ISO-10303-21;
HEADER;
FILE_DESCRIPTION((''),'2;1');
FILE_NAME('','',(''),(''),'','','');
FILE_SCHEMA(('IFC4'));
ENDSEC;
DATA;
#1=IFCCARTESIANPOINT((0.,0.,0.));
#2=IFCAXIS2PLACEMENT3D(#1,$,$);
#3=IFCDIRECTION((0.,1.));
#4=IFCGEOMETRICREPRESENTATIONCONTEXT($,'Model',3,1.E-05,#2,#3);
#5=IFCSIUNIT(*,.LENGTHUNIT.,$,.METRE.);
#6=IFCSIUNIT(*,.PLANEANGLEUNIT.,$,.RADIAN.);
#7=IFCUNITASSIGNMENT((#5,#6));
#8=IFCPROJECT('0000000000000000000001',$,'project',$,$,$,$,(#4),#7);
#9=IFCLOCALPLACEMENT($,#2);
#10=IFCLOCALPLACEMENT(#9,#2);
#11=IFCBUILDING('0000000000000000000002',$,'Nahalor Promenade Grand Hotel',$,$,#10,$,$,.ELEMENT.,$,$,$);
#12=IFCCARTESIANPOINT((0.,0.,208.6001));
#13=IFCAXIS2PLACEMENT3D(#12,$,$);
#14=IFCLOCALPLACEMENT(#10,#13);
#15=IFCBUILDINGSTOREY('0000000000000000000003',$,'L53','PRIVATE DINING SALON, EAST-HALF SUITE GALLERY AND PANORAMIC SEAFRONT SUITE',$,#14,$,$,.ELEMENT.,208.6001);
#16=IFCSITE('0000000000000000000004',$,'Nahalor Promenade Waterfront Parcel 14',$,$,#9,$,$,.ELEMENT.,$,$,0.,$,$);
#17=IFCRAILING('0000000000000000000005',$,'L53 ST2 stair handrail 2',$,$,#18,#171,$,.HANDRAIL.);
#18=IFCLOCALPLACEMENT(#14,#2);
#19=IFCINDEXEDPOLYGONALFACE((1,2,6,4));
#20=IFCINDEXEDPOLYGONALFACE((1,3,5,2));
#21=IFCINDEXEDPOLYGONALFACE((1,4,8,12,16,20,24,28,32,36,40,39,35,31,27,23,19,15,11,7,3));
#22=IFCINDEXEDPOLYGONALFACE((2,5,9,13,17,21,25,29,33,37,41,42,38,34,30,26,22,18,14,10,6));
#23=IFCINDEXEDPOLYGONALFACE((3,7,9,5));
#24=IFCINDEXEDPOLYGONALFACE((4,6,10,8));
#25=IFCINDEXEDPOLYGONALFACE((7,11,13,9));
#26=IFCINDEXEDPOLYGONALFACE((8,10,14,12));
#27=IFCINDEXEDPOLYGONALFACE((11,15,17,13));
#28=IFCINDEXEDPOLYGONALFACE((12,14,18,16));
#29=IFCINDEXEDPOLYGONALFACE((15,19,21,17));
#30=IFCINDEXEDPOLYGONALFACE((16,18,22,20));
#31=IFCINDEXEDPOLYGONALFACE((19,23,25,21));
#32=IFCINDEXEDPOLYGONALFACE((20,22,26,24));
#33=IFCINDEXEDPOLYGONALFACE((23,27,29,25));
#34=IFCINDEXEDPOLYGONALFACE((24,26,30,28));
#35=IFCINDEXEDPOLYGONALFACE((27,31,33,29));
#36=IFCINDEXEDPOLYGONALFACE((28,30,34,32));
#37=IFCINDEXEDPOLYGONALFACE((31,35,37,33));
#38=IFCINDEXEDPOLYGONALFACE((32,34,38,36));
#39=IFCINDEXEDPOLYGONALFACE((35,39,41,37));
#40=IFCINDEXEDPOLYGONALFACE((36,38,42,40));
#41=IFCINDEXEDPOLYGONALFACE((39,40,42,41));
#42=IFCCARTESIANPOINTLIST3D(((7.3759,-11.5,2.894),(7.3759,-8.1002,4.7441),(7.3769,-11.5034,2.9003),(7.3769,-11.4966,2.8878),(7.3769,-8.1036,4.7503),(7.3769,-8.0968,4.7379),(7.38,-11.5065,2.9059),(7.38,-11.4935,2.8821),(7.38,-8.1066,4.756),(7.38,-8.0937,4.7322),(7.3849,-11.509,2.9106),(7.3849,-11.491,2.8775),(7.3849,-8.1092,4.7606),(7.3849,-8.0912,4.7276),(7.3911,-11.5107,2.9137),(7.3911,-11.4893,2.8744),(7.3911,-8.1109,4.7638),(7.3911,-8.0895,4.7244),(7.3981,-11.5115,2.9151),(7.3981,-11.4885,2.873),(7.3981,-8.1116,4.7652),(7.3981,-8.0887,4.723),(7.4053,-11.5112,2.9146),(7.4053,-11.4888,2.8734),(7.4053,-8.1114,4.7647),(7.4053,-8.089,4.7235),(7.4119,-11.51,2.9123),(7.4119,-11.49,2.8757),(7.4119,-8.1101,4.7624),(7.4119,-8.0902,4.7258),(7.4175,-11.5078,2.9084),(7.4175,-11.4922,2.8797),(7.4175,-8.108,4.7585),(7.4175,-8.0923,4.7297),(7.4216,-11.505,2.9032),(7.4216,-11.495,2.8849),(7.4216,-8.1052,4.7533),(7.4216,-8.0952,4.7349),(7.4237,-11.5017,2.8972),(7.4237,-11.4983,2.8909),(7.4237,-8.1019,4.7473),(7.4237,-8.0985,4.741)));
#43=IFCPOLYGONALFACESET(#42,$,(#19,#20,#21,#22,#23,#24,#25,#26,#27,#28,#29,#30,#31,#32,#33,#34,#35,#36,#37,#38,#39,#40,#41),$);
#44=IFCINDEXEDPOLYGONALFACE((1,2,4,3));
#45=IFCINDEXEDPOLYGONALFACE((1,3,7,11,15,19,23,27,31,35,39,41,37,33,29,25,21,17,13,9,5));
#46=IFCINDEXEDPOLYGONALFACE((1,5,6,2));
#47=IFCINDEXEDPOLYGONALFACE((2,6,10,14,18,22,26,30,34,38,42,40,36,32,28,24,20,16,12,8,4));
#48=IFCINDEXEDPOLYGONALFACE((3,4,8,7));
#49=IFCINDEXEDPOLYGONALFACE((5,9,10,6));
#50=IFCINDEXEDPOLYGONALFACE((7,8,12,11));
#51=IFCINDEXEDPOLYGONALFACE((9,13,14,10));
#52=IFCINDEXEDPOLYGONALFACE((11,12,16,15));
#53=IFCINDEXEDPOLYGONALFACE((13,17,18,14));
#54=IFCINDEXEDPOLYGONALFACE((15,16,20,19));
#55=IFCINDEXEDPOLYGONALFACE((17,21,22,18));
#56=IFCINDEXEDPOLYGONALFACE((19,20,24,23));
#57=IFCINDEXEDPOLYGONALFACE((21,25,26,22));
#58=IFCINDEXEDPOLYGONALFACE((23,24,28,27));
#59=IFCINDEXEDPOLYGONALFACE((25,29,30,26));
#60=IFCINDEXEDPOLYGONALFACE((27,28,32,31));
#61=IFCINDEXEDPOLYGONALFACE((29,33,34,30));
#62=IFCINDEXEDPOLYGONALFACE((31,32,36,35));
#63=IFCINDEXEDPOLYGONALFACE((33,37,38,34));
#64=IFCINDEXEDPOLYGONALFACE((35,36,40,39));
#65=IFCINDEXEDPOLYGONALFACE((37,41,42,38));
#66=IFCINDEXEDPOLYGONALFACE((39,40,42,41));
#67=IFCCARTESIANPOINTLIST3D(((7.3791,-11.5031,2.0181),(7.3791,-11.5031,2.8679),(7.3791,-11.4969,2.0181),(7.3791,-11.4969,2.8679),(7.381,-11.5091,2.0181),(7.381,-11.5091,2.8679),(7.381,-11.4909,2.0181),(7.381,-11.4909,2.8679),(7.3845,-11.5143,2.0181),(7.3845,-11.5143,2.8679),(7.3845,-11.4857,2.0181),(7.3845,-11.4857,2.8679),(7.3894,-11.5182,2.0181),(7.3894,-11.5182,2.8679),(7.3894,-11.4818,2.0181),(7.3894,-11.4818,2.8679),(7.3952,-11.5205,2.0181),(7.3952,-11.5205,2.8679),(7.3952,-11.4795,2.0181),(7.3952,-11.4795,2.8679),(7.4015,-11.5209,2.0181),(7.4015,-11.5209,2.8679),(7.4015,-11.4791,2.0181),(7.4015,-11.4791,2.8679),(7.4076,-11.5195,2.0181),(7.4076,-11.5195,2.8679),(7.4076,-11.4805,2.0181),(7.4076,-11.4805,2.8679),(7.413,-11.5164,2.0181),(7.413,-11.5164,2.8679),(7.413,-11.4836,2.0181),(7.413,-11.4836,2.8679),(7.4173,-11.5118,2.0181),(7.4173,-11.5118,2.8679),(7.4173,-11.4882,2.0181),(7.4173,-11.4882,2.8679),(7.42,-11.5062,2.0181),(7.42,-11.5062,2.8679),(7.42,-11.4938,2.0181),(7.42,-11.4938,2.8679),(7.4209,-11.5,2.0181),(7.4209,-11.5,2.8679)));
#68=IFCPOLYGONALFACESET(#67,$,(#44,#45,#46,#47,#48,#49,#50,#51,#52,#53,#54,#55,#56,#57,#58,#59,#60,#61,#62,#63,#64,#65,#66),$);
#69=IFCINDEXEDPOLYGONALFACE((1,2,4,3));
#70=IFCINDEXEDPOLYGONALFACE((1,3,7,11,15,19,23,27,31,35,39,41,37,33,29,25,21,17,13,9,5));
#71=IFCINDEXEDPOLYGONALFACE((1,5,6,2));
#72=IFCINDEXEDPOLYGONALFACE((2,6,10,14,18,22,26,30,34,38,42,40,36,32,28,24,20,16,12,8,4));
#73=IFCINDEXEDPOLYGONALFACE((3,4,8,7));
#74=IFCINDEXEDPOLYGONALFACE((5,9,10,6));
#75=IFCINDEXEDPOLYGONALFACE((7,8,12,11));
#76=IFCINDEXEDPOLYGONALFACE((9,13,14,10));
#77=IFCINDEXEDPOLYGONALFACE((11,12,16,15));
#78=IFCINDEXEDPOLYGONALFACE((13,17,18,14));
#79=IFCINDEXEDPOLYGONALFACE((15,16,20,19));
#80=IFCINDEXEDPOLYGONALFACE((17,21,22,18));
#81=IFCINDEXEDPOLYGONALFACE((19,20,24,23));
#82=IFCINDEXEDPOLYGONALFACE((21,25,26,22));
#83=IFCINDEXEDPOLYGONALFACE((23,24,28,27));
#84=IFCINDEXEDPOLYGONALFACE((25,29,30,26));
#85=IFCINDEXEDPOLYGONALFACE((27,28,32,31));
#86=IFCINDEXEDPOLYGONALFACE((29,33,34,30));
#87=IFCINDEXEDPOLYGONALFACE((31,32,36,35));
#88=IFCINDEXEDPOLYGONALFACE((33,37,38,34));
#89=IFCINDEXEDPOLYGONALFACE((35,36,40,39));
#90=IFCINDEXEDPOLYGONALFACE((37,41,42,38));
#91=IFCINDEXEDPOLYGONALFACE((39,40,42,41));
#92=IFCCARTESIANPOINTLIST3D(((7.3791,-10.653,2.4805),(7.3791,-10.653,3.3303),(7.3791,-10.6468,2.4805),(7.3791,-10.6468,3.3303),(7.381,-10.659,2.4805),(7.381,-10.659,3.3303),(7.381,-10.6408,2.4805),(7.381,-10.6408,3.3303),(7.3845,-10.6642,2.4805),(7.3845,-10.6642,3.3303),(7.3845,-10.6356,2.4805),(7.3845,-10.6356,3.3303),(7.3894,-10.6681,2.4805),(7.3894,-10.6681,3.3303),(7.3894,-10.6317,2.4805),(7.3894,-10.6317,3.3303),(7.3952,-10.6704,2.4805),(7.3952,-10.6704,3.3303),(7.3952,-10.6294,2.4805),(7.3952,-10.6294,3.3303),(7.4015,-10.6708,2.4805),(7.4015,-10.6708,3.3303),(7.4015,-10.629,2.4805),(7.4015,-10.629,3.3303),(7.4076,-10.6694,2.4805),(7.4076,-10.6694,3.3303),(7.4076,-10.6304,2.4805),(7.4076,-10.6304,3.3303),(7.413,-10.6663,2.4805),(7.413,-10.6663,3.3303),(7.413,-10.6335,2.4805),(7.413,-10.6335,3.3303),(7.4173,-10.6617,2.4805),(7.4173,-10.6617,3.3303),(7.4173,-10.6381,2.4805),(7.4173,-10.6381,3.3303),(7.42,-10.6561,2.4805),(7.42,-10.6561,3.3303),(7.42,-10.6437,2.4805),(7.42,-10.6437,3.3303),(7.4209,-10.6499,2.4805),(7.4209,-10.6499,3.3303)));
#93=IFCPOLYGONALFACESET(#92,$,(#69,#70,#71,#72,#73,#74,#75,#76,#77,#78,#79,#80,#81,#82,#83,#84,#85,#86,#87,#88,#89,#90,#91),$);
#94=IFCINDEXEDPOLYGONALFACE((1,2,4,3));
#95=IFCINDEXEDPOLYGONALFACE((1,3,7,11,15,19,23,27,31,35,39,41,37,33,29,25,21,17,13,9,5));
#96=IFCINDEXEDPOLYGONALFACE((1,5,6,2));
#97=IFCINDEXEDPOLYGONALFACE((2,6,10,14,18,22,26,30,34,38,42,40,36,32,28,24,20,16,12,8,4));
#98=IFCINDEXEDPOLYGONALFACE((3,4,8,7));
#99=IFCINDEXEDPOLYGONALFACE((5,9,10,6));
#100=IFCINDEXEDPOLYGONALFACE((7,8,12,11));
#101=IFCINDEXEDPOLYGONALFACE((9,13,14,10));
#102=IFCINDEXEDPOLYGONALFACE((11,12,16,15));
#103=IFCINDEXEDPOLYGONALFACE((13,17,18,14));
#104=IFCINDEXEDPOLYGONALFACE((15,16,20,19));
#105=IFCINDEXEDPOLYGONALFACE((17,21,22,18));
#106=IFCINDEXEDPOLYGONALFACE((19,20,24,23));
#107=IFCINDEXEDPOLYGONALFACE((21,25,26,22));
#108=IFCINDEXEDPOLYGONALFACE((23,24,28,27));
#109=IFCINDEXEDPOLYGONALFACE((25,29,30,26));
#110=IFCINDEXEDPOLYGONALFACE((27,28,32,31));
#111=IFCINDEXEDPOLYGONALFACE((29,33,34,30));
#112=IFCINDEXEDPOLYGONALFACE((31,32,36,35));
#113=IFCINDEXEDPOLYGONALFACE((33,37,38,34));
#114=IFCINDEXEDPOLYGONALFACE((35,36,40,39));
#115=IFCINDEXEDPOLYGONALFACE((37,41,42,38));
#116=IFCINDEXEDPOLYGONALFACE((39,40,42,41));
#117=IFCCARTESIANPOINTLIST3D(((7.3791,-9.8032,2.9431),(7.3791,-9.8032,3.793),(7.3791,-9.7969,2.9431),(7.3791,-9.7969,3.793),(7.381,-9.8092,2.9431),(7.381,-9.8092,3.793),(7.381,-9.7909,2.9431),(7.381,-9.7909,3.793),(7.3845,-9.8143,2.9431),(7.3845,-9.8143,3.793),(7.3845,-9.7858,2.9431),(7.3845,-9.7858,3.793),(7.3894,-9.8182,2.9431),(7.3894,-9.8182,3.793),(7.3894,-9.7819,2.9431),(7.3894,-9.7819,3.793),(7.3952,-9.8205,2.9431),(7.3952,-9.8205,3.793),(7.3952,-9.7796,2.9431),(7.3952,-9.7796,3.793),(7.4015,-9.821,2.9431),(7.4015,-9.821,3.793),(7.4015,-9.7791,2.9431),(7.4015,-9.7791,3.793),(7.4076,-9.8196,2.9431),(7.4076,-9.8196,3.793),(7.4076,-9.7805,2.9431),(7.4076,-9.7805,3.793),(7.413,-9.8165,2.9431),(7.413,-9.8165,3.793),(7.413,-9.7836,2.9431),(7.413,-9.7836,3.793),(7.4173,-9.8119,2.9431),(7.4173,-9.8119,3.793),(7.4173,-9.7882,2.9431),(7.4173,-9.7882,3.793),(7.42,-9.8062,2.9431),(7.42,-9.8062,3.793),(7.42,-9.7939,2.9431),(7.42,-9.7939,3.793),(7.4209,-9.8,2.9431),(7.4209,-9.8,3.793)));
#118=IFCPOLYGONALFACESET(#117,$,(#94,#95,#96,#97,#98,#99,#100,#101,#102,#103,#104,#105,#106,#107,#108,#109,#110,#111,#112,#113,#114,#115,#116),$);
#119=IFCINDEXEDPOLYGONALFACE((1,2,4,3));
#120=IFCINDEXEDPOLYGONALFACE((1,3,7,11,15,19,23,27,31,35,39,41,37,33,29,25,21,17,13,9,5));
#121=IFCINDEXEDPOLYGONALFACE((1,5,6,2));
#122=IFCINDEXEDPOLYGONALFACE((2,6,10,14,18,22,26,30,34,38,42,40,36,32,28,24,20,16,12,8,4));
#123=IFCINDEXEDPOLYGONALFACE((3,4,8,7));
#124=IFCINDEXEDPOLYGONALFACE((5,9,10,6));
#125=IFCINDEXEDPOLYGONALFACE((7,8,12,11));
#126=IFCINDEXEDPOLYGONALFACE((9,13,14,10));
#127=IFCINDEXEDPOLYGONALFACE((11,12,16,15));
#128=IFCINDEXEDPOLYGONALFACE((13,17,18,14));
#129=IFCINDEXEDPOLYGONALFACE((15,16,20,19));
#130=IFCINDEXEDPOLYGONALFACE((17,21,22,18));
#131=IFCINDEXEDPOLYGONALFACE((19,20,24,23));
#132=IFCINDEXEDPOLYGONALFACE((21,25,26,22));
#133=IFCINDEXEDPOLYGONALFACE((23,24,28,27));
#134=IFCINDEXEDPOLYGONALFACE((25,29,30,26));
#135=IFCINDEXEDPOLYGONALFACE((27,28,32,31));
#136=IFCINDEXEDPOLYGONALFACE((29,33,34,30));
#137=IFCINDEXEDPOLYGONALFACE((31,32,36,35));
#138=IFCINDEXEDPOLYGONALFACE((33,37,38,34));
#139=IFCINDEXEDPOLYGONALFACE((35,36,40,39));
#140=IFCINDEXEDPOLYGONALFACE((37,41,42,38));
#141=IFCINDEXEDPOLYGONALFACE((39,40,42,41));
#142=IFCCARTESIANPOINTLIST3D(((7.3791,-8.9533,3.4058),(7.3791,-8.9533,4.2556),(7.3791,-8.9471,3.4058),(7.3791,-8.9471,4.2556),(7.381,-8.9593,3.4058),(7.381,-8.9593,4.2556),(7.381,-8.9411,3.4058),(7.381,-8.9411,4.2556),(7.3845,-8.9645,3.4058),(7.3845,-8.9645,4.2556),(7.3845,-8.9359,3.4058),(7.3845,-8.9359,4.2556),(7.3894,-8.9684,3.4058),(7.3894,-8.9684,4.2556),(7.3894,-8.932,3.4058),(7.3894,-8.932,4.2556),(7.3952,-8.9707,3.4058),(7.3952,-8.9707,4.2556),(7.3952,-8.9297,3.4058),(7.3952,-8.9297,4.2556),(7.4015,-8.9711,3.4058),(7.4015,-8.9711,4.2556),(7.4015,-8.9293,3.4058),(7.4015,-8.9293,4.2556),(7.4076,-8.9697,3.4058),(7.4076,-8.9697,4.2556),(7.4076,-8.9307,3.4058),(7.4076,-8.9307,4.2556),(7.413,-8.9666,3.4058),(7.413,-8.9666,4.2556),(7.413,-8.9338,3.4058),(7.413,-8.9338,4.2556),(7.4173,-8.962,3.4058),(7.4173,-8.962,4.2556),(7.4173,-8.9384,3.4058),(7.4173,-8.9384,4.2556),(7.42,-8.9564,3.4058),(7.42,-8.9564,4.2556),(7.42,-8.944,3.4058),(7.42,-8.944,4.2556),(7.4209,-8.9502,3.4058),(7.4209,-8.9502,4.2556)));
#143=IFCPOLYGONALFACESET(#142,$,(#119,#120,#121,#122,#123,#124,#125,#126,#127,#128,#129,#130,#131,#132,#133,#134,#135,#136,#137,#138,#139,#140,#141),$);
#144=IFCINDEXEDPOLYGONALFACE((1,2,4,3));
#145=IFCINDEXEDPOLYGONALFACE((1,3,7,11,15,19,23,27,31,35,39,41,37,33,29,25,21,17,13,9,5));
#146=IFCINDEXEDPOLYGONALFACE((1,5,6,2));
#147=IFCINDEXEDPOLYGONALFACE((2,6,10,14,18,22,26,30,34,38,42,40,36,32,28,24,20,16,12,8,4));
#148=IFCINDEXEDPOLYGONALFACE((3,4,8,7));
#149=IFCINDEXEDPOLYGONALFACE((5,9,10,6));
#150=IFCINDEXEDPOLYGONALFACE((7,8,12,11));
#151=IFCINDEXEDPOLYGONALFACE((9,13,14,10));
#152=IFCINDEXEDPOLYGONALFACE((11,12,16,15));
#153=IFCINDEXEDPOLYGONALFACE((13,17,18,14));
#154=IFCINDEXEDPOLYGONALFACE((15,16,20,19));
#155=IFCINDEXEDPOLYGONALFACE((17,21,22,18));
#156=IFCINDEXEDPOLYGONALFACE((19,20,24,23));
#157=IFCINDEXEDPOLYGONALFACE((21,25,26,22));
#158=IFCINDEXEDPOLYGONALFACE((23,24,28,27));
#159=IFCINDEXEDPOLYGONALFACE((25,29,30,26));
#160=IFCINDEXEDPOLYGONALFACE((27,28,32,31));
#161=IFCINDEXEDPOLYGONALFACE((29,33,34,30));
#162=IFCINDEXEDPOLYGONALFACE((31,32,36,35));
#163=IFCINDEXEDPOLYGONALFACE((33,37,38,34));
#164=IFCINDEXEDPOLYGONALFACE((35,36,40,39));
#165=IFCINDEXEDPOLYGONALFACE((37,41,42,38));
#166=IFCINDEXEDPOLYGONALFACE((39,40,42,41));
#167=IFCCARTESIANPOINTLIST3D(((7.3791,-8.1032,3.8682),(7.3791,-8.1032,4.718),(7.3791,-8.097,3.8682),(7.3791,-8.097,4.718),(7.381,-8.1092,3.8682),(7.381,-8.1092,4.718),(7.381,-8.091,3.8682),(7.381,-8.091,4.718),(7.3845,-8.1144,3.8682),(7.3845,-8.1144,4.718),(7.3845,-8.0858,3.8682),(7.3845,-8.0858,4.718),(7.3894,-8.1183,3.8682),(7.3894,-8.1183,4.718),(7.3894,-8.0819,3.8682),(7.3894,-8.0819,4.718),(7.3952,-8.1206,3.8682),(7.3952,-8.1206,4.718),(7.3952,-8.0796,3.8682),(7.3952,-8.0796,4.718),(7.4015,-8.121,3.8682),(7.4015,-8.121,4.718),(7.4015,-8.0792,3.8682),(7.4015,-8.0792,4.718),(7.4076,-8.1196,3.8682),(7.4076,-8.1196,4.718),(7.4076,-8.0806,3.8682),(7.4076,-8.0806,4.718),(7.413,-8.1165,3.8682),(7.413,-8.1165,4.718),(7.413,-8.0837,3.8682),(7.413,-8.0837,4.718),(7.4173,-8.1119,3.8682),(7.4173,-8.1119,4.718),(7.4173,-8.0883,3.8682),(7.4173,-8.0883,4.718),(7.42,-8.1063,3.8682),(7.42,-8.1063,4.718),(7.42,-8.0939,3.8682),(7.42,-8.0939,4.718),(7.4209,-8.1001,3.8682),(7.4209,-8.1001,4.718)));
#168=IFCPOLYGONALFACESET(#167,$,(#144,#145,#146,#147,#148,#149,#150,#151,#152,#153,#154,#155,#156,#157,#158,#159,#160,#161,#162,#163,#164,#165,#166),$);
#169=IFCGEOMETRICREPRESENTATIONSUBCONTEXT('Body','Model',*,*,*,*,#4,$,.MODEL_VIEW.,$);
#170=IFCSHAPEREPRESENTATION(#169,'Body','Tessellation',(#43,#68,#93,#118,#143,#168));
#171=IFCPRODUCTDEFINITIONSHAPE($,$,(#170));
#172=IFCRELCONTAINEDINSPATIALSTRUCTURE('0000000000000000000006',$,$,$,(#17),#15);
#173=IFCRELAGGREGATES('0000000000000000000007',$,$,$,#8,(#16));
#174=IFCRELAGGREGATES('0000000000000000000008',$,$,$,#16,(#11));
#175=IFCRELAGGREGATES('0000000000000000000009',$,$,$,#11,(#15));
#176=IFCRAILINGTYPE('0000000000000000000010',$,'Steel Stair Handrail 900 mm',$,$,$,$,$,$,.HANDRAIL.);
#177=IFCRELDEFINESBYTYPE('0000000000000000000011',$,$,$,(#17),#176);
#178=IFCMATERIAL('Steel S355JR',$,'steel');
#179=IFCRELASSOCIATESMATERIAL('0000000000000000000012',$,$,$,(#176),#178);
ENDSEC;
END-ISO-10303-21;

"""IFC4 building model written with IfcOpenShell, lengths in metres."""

from ifc_helpers import new_model, si_unit, direction, frame, origin, origin_2d, place, context, subcontext, project, spatial, circle, extrude, material, type_object, element, save


model = new_model("IFC4")

# Units and contexts
model_context = context("Model", 3, precision=1e-05, world=origin(), true_north=direction((0.0, 1.0)))
body_context = subcontext(model_context, "Body", "Model", "MODEL_VIEW")
ifc_project = project(units=[si_unit("LENGTHUNIT", "METRE"), si_unit("PLANEANGLEUNIT", "RADIAN")], contexts=[model_context])

# Site, building, storey
site_placement = place(None, origin())
site = spatial("IfcSite", under=ifc_project, at=site_placement, Name="Nahalor Promenade Waterfront Parcel 14", CompositionType="ELEMENT", RefElevation=0.0)
building_placement = place(site_placement, origin())
building = spatial("IfcBuilding", under=site, at=building_placement, Name="Nahalor Promenade Grand Hotel", CompositionType="ELEMENT")
storey_placement = place(building_placement, frame((0.0, 0.0, 208.6001)))
storey = spatial("IfcBuildingStorey", under=building, at=storey_placement, Name="L53", Description="PRIVATE DINING SALON, EAST-HALF SUITE GALLERY AND PANORAMIC SEAFRONT SUITE", CompositionType="ELEMENT", Elevation=208.6001)

# Shared definitions
ifc_material_1 = material(Name="Steel S355JR", Category="steel")

# Railing
railing_type_1 = type_object("IfcRailingType", Name="Steel Stair Handrail 900 mm", PredefinedType="HANDRAIL", material=ifc_material_1)
railing_1_placement = place(storey_placement, frame((7.3999, -11.5, 2.0181)))
element("IfcRailing", 1, at=railing_1_placement, inside=storey, type_object=railing_type_1, Name="L53 ST2 stair handrail 2", PredefinedType="HANDRAIL", context=body_context, shape_type="SweptSolid", body=[
    extrude(circle(Radius=0.024, at=origin_2d()), frame((0.0, 0.0, 0.876), z_axis=(0.0, 0.878372, 0.477977), x_axis=(-1.0, 0.0, 0.0)), (0.0, 0.0, 1.0), 3.8706),
    extrude(circle(Radius=0.021, at=origin_2d()), origin(), (0.0, 0.0, 1.0), 0.8499),
    extrude(circle(Radius=0.021, at=origin_2d()), frame((0.0, 0.8501, 0.4624)), (0.0, 0.0, 1.0), 0.8499),
    extrude(circle(Radius=0.021, at=origin_2d()), frame((0.0, 1.7, 0.925)), (0.0, 0.0, 1.0), 0.8499),
    extrude(circle(Radius=0.021, at=origin_2d()), frame((0.0, 2.5498, 1.3877)), (0.0, 0.0, 1.0), 0.8499),
    extrude(circle(Radius=0.021, at=origin_2d()), frame((0.0, 3.3999, 1.8501)), (0.0, 0.0, 1.0), 0.8499),
])

save(model, "model.ifc")
